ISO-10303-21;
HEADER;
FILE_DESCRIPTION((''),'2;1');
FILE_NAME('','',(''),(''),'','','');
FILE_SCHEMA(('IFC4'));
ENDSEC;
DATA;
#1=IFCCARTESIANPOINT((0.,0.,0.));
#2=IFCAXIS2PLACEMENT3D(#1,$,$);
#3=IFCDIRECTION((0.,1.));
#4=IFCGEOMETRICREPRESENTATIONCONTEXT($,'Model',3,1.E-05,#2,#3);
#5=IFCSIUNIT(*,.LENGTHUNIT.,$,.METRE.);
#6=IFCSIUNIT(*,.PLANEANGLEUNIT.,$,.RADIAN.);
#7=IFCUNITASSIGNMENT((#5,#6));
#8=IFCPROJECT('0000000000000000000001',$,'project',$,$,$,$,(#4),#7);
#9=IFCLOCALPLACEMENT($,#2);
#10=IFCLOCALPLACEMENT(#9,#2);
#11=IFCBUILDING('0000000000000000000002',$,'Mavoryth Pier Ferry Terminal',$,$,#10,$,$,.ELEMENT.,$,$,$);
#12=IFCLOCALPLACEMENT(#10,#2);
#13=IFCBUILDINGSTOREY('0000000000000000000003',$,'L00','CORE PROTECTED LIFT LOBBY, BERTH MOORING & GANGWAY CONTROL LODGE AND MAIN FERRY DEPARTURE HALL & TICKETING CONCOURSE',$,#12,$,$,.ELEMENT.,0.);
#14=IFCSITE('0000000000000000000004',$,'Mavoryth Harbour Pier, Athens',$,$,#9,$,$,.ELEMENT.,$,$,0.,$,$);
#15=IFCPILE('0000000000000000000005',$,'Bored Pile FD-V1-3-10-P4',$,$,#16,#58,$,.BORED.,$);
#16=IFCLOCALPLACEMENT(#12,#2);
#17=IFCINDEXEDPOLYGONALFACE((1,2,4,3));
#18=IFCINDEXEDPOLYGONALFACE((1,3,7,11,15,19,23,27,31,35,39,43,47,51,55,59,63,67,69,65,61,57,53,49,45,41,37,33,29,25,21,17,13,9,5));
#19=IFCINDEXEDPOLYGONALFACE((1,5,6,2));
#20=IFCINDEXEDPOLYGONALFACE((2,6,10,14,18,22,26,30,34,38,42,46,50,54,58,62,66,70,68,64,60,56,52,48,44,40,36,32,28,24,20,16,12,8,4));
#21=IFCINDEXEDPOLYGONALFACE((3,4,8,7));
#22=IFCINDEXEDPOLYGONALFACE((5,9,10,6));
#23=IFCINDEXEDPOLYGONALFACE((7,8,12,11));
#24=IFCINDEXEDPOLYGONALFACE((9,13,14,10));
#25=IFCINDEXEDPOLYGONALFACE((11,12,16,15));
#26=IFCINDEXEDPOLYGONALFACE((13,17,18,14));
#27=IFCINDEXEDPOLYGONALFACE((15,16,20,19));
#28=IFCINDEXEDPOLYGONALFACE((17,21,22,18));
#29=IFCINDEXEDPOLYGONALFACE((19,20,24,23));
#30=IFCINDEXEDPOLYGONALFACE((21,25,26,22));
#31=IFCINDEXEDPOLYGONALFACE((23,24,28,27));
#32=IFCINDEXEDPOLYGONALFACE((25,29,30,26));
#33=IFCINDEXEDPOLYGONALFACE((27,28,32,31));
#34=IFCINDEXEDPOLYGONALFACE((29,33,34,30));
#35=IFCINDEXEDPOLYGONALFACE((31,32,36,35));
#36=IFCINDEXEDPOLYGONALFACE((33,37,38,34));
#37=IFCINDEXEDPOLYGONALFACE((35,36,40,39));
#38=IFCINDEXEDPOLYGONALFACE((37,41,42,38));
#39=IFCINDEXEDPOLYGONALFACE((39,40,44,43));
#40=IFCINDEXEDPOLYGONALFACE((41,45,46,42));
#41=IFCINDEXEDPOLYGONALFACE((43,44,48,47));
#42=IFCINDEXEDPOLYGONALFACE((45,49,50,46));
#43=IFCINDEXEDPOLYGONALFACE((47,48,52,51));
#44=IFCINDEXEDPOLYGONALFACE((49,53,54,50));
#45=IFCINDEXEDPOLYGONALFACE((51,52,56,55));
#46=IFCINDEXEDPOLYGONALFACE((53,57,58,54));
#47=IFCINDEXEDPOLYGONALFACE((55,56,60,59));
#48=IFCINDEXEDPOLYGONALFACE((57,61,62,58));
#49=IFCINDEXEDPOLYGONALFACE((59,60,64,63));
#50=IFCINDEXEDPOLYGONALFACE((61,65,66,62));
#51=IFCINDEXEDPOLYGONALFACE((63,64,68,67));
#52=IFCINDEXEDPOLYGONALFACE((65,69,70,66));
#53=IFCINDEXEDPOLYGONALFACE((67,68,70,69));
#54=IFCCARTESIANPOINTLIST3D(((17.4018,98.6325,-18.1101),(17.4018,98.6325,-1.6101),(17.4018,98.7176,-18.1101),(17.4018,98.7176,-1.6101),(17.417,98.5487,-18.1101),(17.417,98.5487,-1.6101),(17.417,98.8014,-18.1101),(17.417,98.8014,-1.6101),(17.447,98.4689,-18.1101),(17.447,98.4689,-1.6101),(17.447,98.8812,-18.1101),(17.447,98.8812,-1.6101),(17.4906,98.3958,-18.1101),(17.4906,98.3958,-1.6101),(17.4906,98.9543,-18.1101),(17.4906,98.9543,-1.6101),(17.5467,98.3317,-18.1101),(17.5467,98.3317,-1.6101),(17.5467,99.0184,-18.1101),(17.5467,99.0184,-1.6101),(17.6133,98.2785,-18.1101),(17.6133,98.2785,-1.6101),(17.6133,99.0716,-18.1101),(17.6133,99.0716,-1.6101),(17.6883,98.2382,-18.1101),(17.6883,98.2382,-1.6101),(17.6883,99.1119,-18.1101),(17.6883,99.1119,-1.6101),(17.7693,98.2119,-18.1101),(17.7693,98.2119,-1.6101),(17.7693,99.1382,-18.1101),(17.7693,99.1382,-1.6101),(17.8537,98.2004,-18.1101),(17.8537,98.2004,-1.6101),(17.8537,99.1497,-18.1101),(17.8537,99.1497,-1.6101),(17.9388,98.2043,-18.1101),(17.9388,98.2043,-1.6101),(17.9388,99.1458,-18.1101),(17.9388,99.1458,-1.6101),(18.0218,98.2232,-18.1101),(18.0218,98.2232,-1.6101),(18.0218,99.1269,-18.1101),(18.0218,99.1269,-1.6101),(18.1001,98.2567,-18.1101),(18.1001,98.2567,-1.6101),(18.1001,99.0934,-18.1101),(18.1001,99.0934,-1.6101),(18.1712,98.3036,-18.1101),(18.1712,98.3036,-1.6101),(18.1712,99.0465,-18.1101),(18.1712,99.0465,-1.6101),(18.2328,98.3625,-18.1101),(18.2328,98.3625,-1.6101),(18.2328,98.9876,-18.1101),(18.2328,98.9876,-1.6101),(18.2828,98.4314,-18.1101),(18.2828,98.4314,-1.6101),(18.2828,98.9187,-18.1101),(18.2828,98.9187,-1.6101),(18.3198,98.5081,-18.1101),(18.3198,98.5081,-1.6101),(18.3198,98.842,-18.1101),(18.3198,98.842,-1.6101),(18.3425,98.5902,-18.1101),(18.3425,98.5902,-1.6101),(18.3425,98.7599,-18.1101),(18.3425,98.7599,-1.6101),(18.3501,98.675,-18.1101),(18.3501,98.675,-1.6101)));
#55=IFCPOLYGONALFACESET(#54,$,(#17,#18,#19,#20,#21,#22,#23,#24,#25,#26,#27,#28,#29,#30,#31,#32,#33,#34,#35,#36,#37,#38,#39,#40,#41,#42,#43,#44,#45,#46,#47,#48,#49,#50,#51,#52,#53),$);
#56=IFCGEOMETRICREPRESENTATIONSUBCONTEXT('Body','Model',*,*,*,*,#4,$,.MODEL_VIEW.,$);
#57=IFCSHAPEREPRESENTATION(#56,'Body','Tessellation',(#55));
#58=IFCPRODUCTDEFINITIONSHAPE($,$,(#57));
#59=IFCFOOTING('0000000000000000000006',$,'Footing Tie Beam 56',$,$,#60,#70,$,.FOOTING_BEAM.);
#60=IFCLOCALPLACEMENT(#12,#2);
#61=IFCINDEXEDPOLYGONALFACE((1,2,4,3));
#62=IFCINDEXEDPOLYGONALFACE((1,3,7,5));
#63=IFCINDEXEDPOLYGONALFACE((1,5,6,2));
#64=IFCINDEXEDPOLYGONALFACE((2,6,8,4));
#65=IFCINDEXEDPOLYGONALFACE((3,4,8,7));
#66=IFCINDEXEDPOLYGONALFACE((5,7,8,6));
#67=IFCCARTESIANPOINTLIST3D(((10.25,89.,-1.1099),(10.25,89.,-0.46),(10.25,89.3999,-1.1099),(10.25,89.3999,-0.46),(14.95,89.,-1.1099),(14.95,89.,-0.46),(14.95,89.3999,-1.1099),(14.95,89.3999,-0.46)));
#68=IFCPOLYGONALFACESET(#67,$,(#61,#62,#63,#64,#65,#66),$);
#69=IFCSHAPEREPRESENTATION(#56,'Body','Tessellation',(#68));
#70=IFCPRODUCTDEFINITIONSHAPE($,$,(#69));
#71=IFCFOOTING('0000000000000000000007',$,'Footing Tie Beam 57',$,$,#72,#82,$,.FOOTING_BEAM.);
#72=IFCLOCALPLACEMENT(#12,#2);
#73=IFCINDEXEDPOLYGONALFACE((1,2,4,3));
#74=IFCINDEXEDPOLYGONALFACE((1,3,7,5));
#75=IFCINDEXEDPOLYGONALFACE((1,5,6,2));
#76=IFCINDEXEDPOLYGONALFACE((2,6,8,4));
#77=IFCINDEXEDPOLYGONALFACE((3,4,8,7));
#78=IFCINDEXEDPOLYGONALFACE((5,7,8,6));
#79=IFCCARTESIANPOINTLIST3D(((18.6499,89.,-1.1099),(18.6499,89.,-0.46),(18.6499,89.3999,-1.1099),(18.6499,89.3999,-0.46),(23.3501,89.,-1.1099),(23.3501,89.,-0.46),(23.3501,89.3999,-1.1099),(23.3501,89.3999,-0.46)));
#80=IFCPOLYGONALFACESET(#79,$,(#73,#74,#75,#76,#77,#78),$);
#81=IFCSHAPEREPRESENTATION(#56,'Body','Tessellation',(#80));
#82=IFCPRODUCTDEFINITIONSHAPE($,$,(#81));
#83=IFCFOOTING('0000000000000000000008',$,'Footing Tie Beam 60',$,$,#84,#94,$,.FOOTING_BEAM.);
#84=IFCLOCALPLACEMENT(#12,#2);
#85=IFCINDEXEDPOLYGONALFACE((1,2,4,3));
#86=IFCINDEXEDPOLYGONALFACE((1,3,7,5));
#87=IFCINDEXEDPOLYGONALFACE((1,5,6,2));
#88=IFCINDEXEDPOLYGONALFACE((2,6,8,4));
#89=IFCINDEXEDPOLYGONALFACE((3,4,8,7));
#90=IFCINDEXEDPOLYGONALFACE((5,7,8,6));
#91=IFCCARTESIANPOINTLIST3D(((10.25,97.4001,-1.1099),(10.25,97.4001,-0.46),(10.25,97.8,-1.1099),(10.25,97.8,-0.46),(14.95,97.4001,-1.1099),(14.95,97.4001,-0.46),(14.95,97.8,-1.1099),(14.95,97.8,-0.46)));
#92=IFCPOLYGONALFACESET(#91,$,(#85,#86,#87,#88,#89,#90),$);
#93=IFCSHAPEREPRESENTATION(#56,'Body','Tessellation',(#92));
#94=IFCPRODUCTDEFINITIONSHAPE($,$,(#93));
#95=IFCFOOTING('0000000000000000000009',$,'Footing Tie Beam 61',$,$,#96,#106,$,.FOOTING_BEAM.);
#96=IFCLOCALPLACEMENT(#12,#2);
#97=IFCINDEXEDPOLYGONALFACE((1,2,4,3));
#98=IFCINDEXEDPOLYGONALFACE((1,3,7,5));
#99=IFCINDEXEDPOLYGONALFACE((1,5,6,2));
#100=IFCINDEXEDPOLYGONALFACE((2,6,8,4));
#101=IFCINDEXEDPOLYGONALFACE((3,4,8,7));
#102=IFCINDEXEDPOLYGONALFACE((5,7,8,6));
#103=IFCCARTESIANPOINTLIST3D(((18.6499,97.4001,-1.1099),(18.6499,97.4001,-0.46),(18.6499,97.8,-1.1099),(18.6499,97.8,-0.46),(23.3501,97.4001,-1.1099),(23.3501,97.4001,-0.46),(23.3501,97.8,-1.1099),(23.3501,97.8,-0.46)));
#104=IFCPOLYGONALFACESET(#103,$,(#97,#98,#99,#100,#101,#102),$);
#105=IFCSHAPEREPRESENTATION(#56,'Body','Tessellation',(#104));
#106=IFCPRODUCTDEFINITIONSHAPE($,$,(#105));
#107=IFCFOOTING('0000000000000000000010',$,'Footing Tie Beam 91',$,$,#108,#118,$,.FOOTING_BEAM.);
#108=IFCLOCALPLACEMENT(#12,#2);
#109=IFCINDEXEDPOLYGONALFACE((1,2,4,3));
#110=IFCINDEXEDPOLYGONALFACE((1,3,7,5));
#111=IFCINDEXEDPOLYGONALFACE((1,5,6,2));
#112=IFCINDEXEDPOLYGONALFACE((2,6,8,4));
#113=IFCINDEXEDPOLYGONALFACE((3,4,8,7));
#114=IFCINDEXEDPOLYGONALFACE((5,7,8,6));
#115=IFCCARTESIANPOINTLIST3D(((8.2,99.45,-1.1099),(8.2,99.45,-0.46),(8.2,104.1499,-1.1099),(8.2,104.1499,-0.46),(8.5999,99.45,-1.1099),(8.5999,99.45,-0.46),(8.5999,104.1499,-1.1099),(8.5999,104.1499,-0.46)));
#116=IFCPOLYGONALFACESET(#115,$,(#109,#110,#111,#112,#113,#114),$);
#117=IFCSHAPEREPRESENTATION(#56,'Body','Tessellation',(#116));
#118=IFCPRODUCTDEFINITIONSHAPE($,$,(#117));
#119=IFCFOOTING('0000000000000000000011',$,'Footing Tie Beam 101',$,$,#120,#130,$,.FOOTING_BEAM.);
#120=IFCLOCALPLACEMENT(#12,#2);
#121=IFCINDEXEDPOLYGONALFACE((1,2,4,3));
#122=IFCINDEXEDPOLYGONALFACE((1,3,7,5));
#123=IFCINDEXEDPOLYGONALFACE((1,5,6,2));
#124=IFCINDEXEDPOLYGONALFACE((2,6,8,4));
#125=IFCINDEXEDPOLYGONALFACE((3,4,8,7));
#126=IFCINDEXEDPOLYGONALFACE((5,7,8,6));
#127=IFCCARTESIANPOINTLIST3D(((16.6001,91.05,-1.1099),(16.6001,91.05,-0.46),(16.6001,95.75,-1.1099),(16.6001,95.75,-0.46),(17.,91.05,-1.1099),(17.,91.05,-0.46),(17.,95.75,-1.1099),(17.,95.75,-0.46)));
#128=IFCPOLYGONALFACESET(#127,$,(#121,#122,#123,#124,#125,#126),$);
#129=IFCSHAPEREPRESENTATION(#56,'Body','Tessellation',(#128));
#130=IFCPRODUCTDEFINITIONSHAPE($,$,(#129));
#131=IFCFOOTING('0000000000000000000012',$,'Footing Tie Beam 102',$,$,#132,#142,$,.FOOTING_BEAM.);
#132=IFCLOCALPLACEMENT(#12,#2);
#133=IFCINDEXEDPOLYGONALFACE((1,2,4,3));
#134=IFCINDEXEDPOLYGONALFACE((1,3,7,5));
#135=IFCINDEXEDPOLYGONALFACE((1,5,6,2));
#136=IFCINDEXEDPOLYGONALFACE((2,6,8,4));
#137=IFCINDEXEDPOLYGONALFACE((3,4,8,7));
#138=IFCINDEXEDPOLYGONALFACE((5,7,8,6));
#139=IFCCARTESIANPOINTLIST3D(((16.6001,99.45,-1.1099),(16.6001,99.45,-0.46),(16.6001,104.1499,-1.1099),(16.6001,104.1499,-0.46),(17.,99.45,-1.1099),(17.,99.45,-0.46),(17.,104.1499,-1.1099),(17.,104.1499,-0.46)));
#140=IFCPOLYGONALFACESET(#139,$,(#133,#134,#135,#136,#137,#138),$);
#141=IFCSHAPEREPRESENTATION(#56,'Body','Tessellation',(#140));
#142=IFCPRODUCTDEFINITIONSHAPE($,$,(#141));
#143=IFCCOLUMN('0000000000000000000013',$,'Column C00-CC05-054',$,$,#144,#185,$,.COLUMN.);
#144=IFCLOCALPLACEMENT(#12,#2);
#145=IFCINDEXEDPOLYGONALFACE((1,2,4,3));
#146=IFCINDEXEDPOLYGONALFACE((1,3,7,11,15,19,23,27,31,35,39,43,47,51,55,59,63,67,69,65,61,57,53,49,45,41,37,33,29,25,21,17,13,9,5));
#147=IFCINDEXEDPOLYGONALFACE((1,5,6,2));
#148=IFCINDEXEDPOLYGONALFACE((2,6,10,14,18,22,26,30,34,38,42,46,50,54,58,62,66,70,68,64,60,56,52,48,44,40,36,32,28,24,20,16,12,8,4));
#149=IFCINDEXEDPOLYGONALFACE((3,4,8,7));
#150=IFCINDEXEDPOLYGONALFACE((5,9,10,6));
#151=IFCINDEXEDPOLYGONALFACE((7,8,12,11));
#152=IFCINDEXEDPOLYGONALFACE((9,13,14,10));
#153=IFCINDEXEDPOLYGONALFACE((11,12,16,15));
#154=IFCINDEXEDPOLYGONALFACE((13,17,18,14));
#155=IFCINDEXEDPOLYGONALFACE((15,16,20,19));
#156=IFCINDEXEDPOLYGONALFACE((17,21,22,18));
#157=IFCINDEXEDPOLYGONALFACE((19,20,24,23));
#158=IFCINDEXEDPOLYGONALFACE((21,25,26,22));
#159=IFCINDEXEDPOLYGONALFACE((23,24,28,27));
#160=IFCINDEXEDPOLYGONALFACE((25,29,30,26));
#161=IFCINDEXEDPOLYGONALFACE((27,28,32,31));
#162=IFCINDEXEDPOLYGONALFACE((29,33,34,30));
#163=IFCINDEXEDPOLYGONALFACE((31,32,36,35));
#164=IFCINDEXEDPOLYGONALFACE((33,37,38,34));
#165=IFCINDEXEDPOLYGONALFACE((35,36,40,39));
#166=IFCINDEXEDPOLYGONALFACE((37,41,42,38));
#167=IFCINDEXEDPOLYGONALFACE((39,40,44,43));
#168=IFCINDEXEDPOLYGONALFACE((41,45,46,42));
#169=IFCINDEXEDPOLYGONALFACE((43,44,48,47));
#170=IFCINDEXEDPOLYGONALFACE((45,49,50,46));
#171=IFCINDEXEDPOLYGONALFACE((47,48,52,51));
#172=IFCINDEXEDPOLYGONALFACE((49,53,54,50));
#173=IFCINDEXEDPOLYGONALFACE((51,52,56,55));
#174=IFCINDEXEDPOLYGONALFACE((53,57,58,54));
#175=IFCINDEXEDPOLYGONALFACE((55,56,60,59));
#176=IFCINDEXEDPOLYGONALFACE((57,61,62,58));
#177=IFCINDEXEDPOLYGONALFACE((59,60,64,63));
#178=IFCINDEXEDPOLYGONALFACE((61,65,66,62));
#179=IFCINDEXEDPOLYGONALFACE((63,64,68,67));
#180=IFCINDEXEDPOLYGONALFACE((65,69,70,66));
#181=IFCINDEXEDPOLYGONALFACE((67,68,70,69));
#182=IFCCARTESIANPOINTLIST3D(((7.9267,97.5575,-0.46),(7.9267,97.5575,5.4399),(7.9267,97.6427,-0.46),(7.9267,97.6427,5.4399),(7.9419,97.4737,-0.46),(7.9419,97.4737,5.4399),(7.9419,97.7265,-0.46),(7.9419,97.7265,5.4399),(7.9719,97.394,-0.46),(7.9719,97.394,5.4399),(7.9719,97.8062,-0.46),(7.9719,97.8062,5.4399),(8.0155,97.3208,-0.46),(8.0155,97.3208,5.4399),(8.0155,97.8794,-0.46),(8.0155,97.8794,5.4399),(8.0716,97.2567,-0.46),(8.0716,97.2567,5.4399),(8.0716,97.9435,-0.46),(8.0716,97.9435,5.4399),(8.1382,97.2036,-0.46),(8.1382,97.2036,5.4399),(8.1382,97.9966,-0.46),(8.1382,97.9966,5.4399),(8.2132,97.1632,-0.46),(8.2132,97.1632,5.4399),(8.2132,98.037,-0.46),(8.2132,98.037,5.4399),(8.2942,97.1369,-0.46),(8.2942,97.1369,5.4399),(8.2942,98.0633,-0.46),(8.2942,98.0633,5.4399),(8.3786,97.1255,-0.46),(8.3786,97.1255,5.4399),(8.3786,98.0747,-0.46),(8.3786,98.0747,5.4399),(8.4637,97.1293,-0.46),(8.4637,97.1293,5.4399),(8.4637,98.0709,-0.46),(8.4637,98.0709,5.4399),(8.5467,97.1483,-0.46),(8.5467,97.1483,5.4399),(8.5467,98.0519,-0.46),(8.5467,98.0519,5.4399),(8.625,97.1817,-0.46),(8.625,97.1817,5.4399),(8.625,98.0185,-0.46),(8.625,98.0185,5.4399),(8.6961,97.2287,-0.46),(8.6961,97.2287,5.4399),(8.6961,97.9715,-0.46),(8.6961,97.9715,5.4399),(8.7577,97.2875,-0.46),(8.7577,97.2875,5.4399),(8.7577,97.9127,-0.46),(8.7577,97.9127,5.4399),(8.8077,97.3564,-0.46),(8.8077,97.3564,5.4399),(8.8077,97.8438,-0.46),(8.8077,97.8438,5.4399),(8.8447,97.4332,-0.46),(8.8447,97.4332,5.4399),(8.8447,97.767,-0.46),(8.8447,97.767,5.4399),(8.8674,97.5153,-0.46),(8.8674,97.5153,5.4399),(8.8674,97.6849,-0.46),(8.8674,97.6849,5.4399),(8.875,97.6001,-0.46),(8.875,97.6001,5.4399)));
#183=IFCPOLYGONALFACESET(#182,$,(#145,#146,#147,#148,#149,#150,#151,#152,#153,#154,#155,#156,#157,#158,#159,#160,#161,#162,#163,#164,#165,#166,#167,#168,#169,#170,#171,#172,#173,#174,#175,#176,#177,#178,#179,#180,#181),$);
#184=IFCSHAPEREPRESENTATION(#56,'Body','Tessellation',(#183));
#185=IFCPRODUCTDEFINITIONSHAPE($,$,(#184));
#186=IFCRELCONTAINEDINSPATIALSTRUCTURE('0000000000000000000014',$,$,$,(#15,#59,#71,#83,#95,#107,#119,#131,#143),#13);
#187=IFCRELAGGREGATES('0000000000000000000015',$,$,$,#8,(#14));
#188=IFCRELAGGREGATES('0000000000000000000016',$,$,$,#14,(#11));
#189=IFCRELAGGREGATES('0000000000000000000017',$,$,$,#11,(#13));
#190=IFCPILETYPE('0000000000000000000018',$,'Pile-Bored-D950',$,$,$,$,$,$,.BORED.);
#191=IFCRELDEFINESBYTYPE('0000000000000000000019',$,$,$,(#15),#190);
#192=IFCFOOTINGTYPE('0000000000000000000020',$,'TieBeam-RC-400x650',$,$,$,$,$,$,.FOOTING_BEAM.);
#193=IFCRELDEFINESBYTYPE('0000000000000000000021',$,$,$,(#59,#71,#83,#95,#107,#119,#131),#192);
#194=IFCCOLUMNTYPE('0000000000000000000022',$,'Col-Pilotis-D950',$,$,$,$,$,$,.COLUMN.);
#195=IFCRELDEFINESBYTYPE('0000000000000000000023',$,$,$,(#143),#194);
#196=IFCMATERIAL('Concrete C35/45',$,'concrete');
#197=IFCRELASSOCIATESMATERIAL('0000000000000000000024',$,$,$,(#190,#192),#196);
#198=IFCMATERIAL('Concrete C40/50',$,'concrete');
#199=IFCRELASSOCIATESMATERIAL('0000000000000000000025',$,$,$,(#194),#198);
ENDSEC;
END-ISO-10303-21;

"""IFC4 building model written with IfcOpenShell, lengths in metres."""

from ifc_helpers import new_model, si_unit, direction, frame, origin, origin_2d, place, context, subcontext, project, spatial, rectangle, circle, extrude, material, material_profile, profile_set, type_object, element, save


model = new_model("IFC4")

# Units and contexts
model_context = context("Model", 3, precision=1e-05, world=origin(), true_north=direction((0.0, 1.0)))
body_context = subcontext(model_context, "Body", "Model", "MODEL_VIEW")
ifc_project = project(units=[si_unit("LENGTHUNIT", "METRE"), si_unit("PLANEANGLEUNIT", "RADIAN")], contexts=[model_context])

# Site, building, storey
site_placement = place(None, origin())
site = spatial("IfcSite", under=ifc_project, at=site_placement, Name="Mavoryth Harbour Pier, Athens", CompositionType="ELEMENT", RefElevation=0.0)
building_placement = place(site_placement, origin())
building = spatial("IfcBuilding", under=site, at=building_placement, Name="Mavoryth Pier Ferry Terminal", CompositionType="ELEMENT")
storey_placement = place(building_placement, origin())
storey = spatial("IfcBuildingStorey", under=building, at=storey_placement, Name="L00", Description="CORE PROTECTED LIFT LOBBY, BERTH MOORING & GANGWAY CONTROL LODGE AND MAIN FERRY DEPARTURE HALL & TICKETING CONCOURSE", CompositionType="ELEMENT", Elevation=0.0)

# Shared definitions
ifc_material_1 = material(Name="Concrete C35/45", Category="concrete")

# Pile
ifc_material_profile_1 = material_profile(ifc_material_1, circle(Radius=0.4751, at=origin_2d()), Name="PILE D950", Category="concrete")
ifc_profile_set_1 = profile_set([ifc_material_profile_1], Name="Concrete C35/45 - PILE D950")
pile_type = type_object("IfcPileType", Name="Pile-Bored-D950", PredefinedType="BORED", material=ifc_profile_set_1)
for number, where, z_axis, x_axis, name in (
    (1, (17.875, 98.675, -1.6101), (0.0, 0.0, -1.0), (1.0, 0.0, 0.0), "Bored Pile FD-V1-3-10-P4"),
):
    element("IfcPile", number, at=place(storey_placement, frame(where, z_axis=z_axis, x_axis=x_axis)), inside=storey, type_object=pile_type, Name=name, PredefinedType="BORED", context=body_context, shape_type="SweptSolid", body=[
        extrude(circle(Radius=0.4751, at=origin_2d()), origin(), (0.0, 0.0, 1.0), 16.5),
    ])

# Footings
ifc_material_profile_2 = material_profile(ifc_material_1, rectangle(XDim=0.3999, YDim=0.6499, at=origin_2d()), Name="RC 400x650", Category="concrete")
ifc_profile_set_2 = profile_set([ifc_material_profile_2], Name="Concrete C35/45 - RC 400x650")
footing_type_1 = type_object("IfcFootingType", Name="TieBeam-RC-400x650", PredefinedType="FOOTING_BEAM", material=ifc_profile_set_2)
footing_1_placement = place(storey_placement, frame((10.25, 89.2, -0.7849), z_axis=(1.0, 0.0, 0.0), x_axis=(0.0, 1.0, 0.0)))
element("IfcFooting", 2, at=footing_1_placement, inside=storey, type_object=footing_type_1, Name="Footing Tie Beam 56", PredefinedType="FOOTING_BEAM", context=body_context, shape_type="SweptSolid", body=[
    extrude(rectangle(XDim=0.3999, YDim=0.6499, at=origin_2d()), origin(), (0.0, 0.0, 1.0), 4.7),
])
footing_2_placement = place(storey_placement, frame((18.6499, 89.2, -0.7849), z_axis=(1.0, 0.0, 0.0), x_axis=(0.0, 1.0, 0.0)))
element("IfcFooting", 3, at=footing_2_placement, inside=storey, type_object=footing_type_1, Name="Footing Tie Beam 57", PredefinedType="FOOTING_BEAM", context=body_context, shape_type="SweptSolid", body=[
    extrude(rectangle(XDim=0.3999, YDim=0.6499, at=origin_2d()), origin(), (0.0, 0.0, 1.0), 4.7002),
])
footing_3_placement = place(storey_placement, frame((10.25, 97.6001, -0.7849), z_axis=(1.0, 0.0, 0.0), x_axis=(0.0, 1.0, 0.0)))
element("IfcFooting", 4, at=footing_3_placement, inside=storey, type_object=footing_type_1, Name="Footing Tie Beam 60", PredefinedType="FOOTING_BEAM", context=body_context, shape_type="SweptSolid", body=[
    extrude(rectangle(XDim=0.3999, YDim=0.6499, at=origin_2d()), origin(), (0.0, 0.0, 1.0), 4.7),
])
footing_4_placement = place(storey_placement, frame((18.6499, 97.6001, -0.7849), z_axis=(1.0, 0.0, 0.0), x_axis=(0.0, 1.0, 0.0)))
element("IfcFooting", 5, at=footing_4_placement, inside=storey, type_object=footing_type_1, Name="Footing Tie Beam 61", PredefinedType="FOOTING_BEAM", context=body_context, shape_type="SweptSolid", body=[
    extrude(rectangle(XDim=0.3999, YDim=0.6499, at=origin_2d()), origin(), (0.0, 0.0, 1.0), 4.7002),
])
for number, where, z_axis, x_axis, name in (
    (6, (8.3999, 99.45, -0.7849), (0.0, 1.0, 0.0), (-1.0, 0.0, 0.0), "Footing Tie Beam 91"),
    (7, (16.8, 91.05, -0.7849), (0.0, 1.0, 0.0), (-1.0, 0.0, 0.0), "Footing Tie Beam 101"),
    (8, (16.8, 99.45, -0.7849), (0.0, 1.0, 0.0), (-1.0, 0.0, 0.0), "Footing Tie Beam 102"),
):
    element("IfcFooting", number, at=place(storey_placement, frame(where, z_axis=z_axis, x_axis=x_axis)), inside=storey, type_object=footing_type_1, Name=name, PredefinedType="FOOTING_BEAM", context=body_context, shape_type="SweptSolid", body=[
        extrude(rectangle(XDim=0.3999, YDim=0.6499, at=origin_2d()), origin(), (0.0, 0.0, 1.0), 4.7),
    ])

# Column
ifc_material_2 = material(Name="Concrete C40/50", Category="concrete")
ifc_material_profile_3 = material_profile(ifc_material_2, circle(Radius=0.4751, at=origin_2d()), Name="RC D950", Category="concrete")
ifc_profile_set_3 = profile_set([ifc_material_profile_3], Name="Concrete C40/50 - RC D950")
column_type = type_object("IfcColumnType", Name="Col-Pilotis-D950", PredefinedType="COLUMN", material=ifc_profile_set_3)
for number, where, z_axis, x_axis, name in (
    (9, (8.3999, 97.6001, -0.46), (0.0, 0.0, 1.0), (1.0, 0.0, 0.0), "Column C00-CC05-054"),
):
    element("IfcColumn", number, at=place(storey_placement, frame(where, z_axis=z_axis, x_axis=x_axis)), inside=storey, type_object=column_type, Name=name, PredefinedType="COLUMN", context=body_context, shape_type="SweptSolid", body=[
        extrude(circle(Radius=0.4751, at=origin_2d()), origin(), (0.0, 0.0, 1.0), 5.8999),
    ])

save(model, "model.ifc")
